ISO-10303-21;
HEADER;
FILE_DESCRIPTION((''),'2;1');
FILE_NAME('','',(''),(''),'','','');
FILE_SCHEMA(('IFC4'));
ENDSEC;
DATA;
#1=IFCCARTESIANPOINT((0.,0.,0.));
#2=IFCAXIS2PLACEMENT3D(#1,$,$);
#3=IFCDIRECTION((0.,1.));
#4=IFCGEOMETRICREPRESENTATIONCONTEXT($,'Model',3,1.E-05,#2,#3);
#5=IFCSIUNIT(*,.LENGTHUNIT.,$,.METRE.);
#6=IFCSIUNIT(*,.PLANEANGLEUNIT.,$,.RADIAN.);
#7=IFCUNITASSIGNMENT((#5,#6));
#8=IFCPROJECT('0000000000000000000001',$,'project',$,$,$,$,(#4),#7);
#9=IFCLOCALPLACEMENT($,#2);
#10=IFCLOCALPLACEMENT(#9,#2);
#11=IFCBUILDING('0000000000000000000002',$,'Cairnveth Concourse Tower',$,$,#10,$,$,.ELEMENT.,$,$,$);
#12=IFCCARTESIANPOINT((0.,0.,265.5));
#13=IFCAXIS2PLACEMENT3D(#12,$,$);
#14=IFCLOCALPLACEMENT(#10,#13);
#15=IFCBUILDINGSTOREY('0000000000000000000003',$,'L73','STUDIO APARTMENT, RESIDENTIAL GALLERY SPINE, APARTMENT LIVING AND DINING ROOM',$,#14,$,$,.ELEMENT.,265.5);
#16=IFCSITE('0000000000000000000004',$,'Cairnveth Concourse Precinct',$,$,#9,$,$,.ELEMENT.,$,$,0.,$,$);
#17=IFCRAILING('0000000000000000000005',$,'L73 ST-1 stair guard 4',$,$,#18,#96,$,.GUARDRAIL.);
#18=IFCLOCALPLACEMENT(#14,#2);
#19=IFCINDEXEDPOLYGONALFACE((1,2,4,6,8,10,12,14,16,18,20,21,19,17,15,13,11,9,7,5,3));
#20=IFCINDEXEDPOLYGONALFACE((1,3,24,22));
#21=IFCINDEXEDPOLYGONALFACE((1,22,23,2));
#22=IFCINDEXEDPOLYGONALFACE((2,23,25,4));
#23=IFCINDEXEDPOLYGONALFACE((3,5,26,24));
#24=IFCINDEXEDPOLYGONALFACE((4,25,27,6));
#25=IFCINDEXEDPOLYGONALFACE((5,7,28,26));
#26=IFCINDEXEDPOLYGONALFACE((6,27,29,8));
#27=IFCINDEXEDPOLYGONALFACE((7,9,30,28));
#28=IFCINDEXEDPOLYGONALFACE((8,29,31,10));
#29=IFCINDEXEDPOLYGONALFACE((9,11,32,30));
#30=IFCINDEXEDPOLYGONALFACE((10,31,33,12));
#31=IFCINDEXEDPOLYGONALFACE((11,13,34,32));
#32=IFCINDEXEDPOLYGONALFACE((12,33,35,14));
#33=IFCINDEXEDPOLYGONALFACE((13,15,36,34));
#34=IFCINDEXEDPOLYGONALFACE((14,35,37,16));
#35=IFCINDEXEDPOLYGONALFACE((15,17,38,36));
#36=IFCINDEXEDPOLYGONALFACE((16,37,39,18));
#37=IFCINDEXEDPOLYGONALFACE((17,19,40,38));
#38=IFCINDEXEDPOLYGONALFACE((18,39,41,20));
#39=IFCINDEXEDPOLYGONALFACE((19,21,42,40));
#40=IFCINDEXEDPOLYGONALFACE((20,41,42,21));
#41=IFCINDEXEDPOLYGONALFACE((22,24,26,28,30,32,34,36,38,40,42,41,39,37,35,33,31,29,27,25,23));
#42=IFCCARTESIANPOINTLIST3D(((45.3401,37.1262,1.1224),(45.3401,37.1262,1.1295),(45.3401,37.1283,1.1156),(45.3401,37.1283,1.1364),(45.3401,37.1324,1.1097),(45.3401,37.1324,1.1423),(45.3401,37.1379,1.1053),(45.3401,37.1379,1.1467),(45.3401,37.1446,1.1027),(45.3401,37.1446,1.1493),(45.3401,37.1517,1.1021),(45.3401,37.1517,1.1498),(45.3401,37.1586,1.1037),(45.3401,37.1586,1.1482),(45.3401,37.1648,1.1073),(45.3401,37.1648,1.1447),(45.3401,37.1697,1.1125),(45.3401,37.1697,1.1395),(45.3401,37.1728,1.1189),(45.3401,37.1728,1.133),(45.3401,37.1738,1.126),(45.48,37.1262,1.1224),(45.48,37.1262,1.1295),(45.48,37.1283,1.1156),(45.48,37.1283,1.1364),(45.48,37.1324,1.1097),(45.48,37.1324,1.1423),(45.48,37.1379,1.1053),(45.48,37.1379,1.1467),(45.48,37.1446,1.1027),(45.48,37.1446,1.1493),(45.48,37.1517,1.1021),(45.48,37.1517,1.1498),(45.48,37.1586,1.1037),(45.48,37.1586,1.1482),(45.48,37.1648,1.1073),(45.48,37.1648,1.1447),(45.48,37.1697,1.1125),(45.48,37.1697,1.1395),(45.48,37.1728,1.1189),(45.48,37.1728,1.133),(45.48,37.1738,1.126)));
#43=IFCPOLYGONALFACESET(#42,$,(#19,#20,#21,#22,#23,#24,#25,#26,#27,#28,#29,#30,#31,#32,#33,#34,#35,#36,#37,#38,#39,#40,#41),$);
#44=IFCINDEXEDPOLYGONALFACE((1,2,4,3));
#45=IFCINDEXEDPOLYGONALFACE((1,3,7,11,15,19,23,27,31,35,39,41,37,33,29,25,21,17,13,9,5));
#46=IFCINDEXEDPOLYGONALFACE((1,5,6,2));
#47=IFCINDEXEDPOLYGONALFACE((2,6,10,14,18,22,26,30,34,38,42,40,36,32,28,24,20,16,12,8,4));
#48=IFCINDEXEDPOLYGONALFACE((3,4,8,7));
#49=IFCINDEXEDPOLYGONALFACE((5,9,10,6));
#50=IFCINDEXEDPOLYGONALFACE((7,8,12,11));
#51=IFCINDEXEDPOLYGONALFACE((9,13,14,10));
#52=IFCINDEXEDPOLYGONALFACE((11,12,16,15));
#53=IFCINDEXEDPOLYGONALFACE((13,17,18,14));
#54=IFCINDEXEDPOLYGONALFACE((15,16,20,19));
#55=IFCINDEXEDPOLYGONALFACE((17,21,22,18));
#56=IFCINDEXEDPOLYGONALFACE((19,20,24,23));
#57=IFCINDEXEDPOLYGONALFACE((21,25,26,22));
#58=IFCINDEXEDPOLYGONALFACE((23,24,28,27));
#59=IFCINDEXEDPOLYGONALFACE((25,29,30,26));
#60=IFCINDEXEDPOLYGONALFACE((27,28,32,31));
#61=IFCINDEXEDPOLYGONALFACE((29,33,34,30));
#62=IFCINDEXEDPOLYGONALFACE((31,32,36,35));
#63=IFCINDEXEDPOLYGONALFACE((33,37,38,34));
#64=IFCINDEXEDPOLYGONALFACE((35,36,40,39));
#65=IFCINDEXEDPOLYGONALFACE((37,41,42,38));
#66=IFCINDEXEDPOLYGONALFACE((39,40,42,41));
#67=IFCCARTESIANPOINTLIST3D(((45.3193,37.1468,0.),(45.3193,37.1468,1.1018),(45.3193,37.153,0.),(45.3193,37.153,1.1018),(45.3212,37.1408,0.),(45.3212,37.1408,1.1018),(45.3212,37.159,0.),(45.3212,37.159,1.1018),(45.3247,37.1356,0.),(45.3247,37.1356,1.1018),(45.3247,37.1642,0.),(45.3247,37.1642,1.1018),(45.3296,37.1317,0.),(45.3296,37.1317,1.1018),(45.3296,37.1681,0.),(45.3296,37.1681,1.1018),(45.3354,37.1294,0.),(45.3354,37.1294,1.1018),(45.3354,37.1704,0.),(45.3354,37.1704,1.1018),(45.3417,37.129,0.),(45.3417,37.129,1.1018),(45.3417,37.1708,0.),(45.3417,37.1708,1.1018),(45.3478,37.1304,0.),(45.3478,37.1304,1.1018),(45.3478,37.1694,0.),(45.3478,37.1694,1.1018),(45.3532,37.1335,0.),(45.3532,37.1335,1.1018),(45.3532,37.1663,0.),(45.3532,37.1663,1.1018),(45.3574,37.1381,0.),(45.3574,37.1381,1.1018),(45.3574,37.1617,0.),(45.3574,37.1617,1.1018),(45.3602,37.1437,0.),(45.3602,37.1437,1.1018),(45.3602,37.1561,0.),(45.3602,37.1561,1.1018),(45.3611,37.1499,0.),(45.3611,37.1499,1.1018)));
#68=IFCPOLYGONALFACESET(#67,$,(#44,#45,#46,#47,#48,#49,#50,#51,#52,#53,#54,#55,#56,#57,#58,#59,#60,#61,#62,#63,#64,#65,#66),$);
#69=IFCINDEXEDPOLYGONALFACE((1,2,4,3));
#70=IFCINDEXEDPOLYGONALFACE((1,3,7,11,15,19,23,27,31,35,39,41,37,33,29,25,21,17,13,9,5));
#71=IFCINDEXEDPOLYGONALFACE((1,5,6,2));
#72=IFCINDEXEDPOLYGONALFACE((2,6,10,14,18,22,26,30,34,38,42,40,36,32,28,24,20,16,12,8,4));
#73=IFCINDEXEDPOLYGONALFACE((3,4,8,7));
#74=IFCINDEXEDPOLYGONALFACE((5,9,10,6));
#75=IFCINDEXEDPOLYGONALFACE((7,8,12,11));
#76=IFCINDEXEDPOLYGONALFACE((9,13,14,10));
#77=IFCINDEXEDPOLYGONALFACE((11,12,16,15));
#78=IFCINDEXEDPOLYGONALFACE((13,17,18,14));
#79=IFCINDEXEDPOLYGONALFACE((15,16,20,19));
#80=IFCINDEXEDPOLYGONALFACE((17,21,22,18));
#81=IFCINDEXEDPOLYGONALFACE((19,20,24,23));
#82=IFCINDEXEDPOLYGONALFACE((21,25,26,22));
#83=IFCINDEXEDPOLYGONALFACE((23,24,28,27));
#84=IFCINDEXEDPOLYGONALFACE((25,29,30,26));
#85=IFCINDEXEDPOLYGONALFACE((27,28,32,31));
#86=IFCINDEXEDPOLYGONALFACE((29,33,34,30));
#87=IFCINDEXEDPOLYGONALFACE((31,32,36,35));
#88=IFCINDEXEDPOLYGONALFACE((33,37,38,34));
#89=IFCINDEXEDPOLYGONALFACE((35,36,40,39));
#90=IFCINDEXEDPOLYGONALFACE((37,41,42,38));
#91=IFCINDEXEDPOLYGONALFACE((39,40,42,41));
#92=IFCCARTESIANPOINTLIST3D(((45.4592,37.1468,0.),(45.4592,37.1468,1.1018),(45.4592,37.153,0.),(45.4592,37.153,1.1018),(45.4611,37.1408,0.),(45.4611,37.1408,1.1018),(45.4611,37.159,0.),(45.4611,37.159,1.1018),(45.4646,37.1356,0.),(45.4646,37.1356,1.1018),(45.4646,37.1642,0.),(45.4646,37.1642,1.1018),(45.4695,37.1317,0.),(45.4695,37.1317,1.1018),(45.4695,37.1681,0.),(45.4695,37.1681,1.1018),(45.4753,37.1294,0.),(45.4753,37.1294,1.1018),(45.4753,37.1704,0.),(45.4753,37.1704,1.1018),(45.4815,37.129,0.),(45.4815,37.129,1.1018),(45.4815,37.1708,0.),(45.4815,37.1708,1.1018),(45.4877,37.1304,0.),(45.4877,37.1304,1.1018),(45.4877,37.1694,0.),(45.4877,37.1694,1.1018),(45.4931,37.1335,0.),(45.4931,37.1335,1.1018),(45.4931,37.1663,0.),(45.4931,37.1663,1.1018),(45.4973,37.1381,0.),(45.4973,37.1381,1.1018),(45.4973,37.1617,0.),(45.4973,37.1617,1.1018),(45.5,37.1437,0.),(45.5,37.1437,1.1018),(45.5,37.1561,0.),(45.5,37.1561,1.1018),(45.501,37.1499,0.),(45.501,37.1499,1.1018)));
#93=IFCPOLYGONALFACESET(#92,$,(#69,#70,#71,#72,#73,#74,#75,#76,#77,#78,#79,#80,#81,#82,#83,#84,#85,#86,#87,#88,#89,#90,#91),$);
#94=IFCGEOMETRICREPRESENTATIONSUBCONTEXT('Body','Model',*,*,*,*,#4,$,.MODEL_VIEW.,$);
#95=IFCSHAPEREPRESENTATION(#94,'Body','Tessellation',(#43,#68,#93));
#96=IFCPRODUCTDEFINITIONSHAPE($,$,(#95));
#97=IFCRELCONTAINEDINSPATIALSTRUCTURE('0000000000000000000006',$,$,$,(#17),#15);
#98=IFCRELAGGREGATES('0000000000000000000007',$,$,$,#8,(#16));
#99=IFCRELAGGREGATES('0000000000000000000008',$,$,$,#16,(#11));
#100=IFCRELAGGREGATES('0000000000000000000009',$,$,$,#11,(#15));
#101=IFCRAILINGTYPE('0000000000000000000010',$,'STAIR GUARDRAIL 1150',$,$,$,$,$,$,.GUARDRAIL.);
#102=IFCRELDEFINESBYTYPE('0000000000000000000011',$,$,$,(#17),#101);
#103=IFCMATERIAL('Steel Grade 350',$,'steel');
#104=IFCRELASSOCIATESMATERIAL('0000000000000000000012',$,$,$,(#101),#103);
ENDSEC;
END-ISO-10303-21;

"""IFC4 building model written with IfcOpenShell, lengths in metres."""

from ifc_helpers import new_model, si_unit, direction, frame, origin, origin_2d, place, context, subcontext, project, spatial, circle, extrude, material, type_object, element, save


model = new_model("IFC4")

# Units and contexts
model_context = context("Model", 3, precision=1e-05, world=origin(), true_north=direction((0.0, 1.0)))
body_context = subcontext(model_context, "Body", "Model", "MODEL_VIEW")
ifc_project = project(units=[si_unit("LENGTHUNIT", "METRE"), si_unit("PLANEANGLEUNIT", "RADIAN")], contexts=[model_context])

# Site, building, storey
site_placement = place(None, origin())
site = spatial("IfcSite", under=ifc_project, at=site_placement, Name="Cairnveth Concourse Precinct", CompositionType="ELEMENT", RefElevation=0.0)
building_placement = place(site_placement, origin())
building = spatial("IfcBuilding", under=site, at=building_placement, Name="Cairnveth Concourse Tower", CompositionType="ELEMENT")
storey_placement = place(building_placement, frame((0.0, 0.0, 265.5)))
storey = spatial("IfcBuildingStorey", under=building, at=storey_placement, Name="L73", Description="STUDIO APARTMENT, RESIDENTIAL GALLERY SPINE, APARTMENT LIVING AND DINING ROOM", CompositionType="ELEMENT", Elevation=265.5)

# Shared definitions
ifc_material_1 = material(Name="Steel Grade 350", Category="steel")

# Railing
railing_type_1 = type_object("IfcRailingType", Name="STAIR GUARDRAIL 1150", PredefinedType="GUARDRAIL", material=ifc_material_1)
railing_1_placement = place(storey_placement, frame((45.3401, 37.1499, 0.0)))
element("IfcRailing", 1, at=railing_1_placement, inside=storey, type_object=railing_type_1, Name="L73 ST-1 stair guard 4", PredefinedType="GUARDRAIL", context=body_context, shape_type="SweptSolid", body=[
    extrude(circle(Radius=0.0239, at=origin_2d()), frame((0.0, 0.0, 1.126), z_axis=(1.0, 0.0, 0.0), x_axis=(0.0, 1.0, 0.0)), (0.0, 0.0, 1.0), 0.1399),
    extrude(circle(Radius=0.021, at=origin_2d()), origin(), (0.0, 0.0, 1.0), 1.1018),
    extrude(circle(Radius=0.021, at=origin_2d()), frame((0.1399, 0.0, 0.0)), (0.0, 0.0, 1.0), 1.1018),
])

save(model, "model.ifc")
